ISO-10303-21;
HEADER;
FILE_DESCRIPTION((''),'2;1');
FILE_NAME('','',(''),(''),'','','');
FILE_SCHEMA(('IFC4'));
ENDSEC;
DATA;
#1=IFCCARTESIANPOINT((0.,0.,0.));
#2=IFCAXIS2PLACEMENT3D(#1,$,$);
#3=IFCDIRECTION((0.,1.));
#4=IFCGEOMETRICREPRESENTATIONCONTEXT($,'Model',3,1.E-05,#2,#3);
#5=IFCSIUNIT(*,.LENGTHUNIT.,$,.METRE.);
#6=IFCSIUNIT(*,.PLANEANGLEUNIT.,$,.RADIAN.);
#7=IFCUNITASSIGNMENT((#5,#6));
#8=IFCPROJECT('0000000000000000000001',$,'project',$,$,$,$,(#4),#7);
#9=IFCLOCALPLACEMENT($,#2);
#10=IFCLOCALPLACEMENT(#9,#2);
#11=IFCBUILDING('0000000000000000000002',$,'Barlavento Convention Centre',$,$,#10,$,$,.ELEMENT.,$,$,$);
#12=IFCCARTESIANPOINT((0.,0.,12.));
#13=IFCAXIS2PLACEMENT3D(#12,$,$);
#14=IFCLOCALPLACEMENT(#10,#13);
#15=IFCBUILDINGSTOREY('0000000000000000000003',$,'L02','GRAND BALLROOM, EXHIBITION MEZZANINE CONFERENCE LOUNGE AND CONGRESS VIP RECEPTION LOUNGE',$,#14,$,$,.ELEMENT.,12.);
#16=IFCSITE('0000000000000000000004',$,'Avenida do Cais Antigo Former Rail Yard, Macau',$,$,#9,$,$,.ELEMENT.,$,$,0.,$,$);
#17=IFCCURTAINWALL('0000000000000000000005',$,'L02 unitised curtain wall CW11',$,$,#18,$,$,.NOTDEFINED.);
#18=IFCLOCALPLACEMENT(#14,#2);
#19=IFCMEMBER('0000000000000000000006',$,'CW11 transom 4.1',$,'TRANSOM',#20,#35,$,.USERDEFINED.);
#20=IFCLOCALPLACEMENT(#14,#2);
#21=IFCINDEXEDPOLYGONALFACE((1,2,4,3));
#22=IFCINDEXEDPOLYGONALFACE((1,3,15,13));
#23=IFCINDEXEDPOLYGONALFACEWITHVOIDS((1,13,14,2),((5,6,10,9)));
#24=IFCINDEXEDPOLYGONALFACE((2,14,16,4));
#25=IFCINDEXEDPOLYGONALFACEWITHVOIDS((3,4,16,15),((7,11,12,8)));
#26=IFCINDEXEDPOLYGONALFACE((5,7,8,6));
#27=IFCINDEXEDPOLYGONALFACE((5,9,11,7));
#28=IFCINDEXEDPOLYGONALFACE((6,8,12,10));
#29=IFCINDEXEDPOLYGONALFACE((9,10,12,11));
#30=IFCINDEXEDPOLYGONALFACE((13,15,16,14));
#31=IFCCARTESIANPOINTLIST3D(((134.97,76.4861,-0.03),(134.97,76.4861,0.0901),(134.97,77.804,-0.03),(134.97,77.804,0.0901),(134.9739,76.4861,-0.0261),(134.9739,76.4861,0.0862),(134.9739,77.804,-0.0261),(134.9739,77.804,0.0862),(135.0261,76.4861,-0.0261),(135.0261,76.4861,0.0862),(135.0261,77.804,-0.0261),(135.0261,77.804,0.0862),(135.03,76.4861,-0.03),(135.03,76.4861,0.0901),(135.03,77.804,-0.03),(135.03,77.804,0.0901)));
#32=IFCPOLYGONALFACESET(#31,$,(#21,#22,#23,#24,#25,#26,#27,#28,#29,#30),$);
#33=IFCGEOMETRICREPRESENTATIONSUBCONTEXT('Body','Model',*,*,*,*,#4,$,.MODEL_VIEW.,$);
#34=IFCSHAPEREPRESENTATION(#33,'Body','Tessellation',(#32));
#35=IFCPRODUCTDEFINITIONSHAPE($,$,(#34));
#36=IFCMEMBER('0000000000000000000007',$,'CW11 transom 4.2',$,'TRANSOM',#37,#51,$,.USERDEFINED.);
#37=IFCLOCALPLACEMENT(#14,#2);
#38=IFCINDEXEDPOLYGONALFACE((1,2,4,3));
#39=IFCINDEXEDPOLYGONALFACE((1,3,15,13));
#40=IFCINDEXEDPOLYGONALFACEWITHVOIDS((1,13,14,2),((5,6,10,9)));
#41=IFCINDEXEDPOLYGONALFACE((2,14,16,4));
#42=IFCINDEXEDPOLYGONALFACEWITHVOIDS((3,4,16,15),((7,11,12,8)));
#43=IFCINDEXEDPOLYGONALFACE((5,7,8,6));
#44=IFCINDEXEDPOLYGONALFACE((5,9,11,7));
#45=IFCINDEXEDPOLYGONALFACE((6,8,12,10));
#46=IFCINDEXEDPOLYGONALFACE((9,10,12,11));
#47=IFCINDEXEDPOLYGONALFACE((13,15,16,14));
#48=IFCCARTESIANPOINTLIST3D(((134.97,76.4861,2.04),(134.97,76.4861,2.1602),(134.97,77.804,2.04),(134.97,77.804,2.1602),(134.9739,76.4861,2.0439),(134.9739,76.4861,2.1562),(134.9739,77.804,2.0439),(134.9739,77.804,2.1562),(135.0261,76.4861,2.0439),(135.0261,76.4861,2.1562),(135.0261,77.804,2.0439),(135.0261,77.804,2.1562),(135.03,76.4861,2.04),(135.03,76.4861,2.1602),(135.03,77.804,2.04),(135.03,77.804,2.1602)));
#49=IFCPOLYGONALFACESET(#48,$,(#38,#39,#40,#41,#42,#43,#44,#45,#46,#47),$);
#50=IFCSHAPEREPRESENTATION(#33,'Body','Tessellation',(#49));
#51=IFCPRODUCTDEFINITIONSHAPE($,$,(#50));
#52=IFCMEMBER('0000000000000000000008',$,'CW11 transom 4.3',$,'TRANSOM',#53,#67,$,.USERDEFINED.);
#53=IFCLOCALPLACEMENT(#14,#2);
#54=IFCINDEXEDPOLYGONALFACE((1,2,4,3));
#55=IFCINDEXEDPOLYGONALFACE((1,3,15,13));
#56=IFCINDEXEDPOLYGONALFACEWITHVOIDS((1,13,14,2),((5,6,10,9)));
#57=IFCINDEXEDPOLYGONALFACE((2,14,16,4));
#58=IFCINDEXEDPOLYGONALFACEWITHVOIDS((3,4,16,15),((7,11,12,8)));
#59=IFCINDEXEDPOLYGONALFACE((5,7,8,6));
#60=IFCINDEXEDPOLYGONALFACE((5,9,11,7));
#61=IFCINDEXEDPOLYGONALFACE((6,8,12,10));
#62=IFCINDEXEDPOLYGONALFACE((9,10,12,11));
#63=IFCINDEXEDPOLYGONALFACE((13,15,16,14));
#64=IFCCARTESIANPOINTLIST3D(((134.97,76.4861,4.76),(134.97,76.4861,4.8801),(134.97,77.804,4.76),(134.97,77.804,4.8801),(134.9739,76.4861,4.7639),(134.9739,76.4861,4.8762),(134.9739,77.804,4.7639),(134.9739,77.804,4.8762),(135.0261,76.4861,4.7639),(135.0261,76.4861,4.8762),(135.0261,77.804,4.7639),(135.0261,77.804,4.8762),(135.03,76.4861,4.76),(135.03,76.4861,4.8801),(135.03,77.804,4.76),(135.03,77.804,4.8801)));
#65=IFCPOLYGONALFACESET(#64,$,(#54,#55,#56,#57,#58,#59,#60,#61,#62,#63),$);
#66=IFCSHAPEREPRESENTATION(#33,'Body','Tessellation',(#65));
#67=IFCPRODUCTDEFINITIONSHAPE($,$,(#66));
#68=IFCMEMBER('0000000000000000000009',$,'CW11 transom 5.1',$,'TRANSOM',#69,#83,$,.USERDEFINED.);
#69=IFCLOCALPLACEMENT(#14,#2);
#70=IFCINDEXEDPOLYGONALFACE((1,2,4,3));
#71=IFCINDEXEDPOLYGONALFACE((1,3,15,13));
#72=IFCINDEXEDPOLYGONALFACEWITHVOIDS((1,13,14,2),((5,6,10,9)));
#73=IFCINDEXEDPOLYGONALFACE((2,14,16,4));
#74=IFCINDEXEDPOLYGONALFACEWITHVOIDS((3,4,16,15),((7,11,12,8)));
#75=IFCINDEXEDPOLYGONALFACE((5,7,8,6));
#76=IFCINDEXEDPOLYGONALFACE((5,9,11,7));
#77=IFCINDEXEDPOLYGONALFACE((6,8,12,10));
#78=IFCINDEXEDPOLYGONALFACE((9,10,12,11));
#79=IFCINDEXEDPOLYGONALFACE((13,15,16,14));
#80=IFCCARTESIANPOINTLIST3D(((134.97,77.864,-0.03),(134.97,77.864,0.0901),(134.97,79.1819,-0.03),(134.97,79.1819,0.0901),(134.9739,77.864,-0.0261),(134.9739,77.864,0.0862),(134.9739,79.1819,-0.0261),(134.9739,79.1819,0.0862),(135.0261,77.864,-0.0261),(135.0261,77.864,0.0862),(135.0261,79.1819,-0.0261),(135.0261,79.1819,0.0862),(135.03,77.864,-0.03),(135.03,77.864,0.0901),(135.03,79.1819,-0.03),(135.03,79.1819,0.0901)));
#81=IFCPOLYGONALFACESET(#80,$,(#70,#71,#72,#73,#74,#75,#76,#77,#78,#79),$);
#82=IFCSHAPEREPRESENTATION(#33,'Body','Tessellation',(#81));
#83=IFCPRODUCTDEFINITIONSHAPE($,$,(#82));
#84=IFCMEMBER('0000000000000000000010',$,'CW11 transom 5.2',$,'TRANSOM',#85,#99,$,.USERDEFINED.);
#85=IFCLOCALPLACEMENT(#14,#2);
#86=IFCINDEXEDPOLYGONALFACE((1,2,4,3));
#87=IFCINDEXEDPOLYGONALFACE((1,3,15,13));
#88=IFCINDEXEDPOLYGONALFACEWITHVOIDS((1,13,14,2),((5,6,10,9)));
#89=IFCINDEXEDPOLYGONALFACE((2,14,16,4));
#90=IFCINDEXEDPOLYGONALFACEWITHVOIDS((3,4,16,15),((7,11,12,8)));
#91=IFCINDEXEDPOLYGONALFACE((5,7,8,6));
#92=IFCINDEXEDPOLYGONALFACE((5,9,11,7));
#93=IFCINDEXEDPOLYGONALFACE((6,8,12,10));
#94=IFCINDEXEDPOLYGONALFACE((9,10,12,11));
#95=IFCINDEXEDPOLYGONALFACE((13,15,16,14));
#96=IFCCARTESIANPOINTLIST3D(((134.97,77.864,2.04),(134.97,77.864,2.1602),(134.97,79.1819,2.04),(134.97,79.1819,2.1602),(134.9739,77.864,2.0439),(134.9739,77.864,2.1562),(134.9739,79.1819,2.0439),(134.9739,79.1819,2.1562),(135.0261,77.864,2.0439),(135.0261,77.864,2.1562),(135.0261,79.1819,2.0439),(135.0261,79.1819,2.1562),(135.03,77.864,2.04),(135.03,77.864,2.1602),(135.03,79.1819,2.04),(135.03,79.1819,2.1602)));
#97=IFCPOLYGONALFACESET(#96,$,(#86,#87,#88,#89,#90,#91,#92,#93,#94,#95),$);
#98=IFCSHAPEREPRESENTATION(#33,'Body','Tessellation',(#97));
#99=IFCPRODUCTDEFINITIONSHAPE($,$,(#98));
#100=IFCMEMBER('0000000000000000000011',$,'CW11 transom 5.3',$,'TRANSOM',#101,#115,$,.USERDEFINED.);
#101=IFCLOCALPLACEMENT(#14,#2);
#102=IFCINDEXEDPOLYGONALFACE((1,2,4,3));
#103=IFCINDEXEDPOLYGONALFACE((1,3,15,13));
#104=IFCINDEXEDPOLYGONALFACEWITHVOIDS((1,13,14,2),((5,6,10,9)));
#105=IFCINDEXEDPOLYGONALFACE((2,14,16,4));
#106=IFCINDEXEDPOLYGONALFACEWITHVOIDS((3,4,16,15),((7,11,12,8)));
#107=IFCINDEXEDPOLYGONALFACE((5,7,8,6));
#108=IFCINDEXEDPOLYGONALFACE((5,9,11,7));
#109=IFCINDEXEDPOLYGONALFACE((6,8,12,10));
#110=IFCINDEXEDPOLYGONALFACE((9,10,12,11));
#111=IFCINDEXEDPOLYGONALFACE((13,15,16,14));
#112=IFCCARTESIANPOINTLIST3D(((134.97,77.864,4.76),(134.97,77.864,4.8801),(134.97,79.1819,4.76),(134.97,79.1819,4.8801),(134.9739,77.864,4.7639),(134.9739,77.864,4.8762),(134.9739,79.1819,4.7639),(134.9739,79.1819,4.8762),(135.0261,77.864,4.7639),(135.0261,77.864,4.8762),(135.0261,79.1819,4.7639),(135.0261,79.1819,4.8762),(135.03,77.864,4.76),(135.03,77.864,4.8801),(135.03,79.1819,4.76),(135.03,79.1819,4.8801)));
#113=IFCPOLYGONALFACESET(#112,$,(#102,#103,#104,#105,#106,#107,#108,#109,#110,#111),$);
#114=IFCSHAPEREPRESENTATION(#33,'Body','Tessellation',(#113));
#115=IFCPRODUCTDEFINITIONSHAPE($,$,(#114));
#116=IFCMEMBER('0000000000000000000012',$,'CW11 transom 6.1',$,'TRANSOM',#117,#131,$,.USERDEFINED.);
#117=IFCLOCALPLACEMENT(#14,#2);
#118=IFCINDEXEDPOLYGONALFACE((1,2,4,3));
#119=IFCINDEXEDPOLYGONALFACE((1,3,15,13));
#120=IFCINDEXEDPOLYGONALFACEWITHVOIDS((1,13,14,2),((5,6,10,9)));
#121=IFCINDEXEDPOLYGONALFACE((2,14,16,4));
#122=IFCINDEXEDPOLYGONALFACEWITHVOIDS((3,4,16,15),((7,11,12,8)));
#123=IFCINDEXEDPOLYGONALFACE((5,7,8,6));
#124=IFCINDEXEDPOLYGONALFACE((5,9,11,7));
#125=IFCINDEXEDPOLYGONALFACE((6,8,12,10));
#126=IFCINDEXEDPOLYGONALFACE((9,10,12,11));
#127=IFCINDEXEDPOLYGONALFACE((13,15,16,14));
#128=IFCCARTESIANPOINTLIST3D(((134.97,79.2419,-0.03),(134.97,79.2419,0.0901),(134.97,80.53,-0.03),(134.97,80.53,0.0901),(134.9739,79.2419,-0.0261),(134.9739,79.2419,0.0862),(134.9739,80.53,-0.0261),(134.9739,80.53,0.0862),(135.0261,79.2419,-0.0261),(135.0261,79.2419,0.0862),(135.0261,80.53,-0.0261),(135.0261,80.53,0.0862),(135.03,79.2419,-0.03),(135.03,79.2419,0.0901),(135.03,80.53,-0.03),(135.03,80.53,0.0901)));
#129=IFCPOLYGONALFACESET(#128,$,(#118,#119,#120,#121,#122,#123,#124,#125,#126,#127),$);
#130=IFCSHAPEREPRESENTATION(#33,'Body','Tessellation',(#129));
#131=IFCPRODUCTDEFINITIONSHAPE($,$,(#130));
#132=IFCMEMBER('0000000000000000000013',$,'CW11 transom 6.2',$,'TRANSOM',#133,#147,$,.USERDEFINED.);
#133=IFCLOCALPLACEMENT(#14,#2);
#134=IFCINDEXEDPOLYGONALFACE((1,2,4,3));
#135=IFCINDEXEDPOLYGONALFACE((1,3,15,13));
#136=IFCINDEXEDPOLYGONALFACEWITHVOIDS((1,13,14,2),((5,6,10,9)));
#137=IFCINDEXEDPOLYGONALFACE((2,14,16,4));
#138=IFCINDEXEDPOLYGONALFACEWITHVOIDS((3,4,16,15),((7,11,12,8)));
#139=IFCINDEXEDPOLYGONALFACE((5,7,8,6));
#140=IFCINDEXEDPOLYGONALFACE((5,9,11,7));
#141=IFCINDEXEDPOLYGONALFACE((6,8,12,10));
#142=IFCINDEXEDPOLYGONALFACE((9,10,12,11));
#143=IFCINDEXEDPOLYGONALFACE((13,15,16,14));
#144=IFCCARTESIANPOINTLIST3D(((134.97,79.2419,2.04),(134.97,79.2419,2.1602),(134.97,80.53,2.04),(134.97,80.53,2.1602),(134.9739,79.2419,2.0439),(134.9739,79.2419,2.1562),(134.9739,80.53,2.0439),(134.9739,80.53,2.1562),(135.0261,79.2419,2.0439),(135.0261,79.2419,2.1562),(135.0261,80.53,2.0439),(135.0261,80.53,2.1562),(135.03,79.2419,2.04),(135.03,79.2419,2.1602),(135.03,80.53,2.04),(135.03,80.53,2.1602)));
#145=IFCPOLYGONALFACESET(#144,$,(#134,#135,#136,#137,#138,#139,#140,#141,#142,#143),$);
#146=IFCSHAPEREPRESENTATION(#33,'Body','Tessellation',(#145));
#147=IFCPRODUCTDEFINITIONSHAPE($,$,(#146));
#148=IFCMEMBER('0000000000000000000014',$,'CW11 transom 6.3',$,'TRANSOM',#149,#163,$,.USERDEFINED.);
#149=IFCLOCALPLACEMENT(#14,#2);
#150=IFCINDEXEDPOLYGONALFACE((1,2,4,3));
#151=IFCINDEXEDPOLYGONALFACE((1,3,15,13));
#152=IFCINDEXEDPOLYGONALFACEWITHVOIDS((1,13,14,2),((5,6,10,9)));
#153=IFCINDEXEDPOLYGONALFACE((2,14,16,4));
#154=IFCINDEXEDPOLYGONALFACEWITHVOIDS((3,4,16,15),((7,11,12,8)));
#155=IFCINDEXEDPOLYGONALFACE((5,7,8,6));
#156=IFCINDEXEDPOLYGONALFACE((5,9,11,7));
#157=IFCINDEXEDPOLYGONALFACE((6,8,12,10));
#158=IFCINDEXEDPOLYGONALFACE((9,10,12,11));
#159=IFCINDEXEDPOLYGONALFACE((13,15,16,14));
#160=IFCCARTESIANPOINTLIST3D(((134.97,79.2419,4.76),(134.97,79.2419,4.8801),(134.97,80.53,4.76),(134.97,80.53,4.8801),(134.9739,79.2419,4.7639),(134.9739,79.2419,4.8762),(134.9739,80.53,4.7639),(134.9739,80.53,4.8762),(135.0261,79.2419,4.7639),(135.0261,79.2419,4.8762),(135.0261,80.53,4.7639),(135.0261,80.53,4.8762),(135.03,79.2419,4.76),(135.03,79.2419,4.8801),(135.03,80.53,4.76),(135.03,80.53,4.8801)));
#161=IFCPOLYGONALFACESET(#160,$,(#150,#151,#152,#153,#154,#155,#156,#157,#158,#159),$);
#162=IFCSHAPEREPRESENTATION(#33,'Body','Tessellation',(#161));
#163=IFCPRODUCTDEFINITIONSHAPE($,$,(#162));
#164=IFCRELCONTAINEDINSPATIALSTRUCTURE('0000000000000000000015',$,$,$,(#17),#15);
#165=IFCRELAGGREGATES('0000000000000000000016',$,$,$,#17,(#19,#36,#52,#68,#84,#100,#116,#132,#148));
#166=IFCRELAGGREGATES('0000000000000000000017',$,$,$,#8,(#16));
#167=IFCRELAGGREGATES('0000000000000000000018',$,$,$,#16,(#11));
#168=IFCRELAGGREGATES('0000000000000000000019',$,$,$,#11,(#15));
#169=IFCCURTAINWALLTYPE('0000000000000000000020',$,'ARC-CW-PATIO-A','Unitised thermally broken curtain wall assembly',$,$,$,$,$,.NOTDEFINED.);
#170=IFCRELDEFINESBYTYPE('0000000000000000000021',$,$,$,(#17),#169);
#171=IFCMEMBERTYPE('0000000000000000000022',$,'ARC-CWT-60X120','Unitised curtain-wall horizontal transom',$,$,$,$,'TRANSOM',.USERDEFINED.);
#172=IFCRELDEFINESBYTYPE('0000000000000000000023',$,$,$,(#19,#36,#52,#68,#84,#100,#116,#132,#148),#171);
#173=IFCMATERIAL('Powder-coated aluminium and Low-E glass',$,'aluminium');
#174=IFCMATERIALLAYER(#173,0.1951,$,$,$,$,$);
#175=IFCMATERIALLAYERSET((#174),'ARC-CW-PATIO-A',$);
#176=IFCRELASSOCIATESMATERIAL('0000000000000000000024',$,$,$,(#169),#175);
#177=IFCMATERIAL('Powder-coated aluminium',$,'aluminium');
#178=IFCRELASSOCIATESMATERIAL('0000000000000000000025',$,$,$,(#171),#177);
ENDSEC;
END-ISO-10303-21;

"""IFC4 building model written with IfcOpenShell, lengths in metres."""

from ifc_helpers import new_model, si_unit, direction, frame, origin, origin_2d, place, context, subcontext, project, spatial, hollow_rectangle, extrude, material, layer, layer_set, material_profile, profile_set, type_object, element, aggregate, save


model = new_model("IFC4")

# Units and contexts
model_context = context("Model", 3, precision=1e-05, world=origin(), true_north=direction((0.0, 1.0)))
body_context = subcontext(model_context, "Body", "Model", "MODEL_VIEW")
ifc_project = project(units=[si_unit("LENGTHUNIT", "METRE"), si_unit("PLANEANGLEUNIT", "RADIAN")], contexts=[model_context])

# Site, building, storey
site_placement = place(None, origin())
site = spatial("IfcSite", under=ifc_project, at=site_placement, Name="Avenida do Cais Antigo Former Rail Yard, Macau", CompositionType="ELEMENT", RefElevation=0.0)
building_placement = place(site_placement, origin())
building = spatial("IfcBuilding", under=site, at=building_placement, Name="Barlavento Convention Centre", CompositionType="ELEMENT")
storey_placement = place(building_placement, frame((0.0, 0.0, 12.0)))
storey = spatial("IfcBuildingStorey", under=building, at=storey_placement, Name="L02", Description="GRAND BALLROOM, EXHIBITION MEZZANINE CONFERENCE LOUNGE AND CONGRESS VIP RECEPTION LOUNGE", CompositionType="ELEMENT", Elevation=12.0)

# Curtain wall, members
ifc_material_1 = material(Name="Powder-coated aluminium and Low-E glass", Category="aluminium")
ifc_layer_1 = layer(ifc_material_1, 0.1951)
ifc_layer_set_1 = layer_set([ifc_layer_1], Name="ARC-CW-PATIO-A")
curtain_wall_type = type_object("IfcCurtainWallType", Name="ARC-CW-PATIO-A", Description="Unitised thermally broken curtain wall assembly", PredefinedType="NOTDEFINED", material=ifc_layer_set_1)
curtain_wall_placement = place(storey_placement, origin())
curtain_wall = element("IfcCurtainWall", 1, at=curtain_wall_placement, inside=storey, type_object=curtain_wall_type, Name="L02 unitised curtain wall CW11", PredefinedType="NOTDEFINED")
ifc_material_2 = material(Name="Powder-coated aluminium", Category="aluminium")
ifc_material_profile_1 = material_profile(ifc_material_2, hollow_rectangle(XDim=0.0601, YDim=0.1201, WallThickness=0.0039, at=origin_2d()), Name="AL-TRAN 60x120x4")
ifc_profile_set_1 = profile_set([ifc_material_profile_1], Name="Powder-coated aluminium")
member_type_1 = type_object("IfcMemberType", Name="ARC-CWT-60X120", Description="Unitised curtain-wall horizontal transom", ElementType="TRANSOM", PredefinedType="USERDEFINED", material=ifc_profile_set_1)
member_1_placement = place(storey_placement, frame((135.0, 76.4861, 0.03), z_axis=(0.0, 1.0, 0.0), x_axis=(-1.0, 0.0, 0.0)))
member_1 = element("IfcMember", 2, at=member_1_placement, type_object=member_type_1, Name="CW11 transom 4.1", ObjectType="TRANSOM", PredefinedType="USERDEFINED", context=body_context, shape_type="SweptSolid", body=[
    extrude(hollow_rectangle(XDim=0.0601, YDim=0.1201, WallThickness=0.0039, at=origin_2d()), origin(), (0.0, 0.0, 1.0), 1.3179),
])
member_2_placement = place(storey_placement, frame((135.0, 76.4861, 2.1001), z_axis=(0.0, 1.0, 0.0), x_axis=(-1.0, 0.0, 0.0)))
member_2 = element("IfcMember", 3, at=member_2_placement, type_object=member_type_1, Name="CW11 transom 4.2", ObjectType="TRANSOM", PredefinedType="USERDEFINED", context=body_context, shape_type="SweptSolid", body=[
    extrude(hollow_rectangle(XDim=0.0601, YDim=0.1201, WallThickness=0.0039, at=origin_2d()), origin(), (0.0, 0.0, 1.0), 1.3179),
])
member_3_placement = place(storey_placement, frame((135.0, 76.4861, 4.8201), z_axis=(0.0, 1.0, 0.0), x_axis=(-1.0, 0.0, 0.0)))
member_3 = element("IfcMember", 4, at=member_3_placement, type_object=member_type_1, Name="CW11 transom 4.3", ObjectType="TRANSOM", PredefinedType="USERDEFINED", context=body_context, shape_type="SweptSolid", body=[
    extrude(hollow_rectangle(XDim=0.0601, YDim=0.1201, WallThickness=0.0039, at=origin_2d()), origin(), (0.0, 0.0, 1.0), 1.3179),
])
member_4_placement = place(storey_placement, frame((135.0, 77.864, 0.03), z_axis=(0.0, 1.0, 0.0), x_axis=(-1.0, 0.0, 0.0)))
member_4 = element("IfcMember", 5, at=member_4_placement, type_object=member_type_1, Name="CW11 transom 5.1", ObjectType="TRANSOM", PredefinedType="USERDEFINED", context=body_context, shape_type="SweptSolid", body=[
    extrude(hollow_rectangle(XDim=0.0601, YDim=0.1201, WallThickness=0.0039, at=origin_2d()), origin(), (0.0, 0.0, 1.0), 1.3179),
])
member_5_placement = place(storey_placement, frame((135.0, 77.864, 2.1001), z_axis=(0.0, 1.0, 0.0), x_axis=(-1.0, 0.0, 0.0)))
member_5 = element("IfcMember", 6, at=member_5_placement, type_object=member_type_1, Name="CW11 transom 5.2", ObjectType="TRANSOM", PredefinedType="USERDEFINED", context=body_context, shape_type="SweptSolid", body=[
    extrude(hollow_rectangle(XDim=0.0601, YDim=0.1201, WallThickness=0.0039, at=origin_2d()), origin(), (0.0, 0.0, 1.0), 1.3179),
])
member_6_placement = place(storey_placement, frame((135.0, 77.864, 4.8201), z_axis=(0.0, 1.0, 0.0), x_axis=(-1.0, 0.0, 0.0)))
member_6 = element("IfcMember", 7, at=member_6_placement, type_object=member_type_1, Name="CW11 transom 5.3", ObjectType="TRANSOM", PredefinedType="USERDEFINED", context=body_context, shape_type="SweptSolid", body=[
    extrude(hollow_rectangle(XDim=0.0601, YDim=0.1201, WallThickness=0.0039, at=origin_2d()), origin(), (0.0, 0.0, 1.0), 1.3179),
])
member_7_placement = place(storey_placement, frame((135.0, 79.2419, 0.03), z_axis=(0.0, 1.0, 0.0), x_axis=(-1.0, 0.0, 0.0)))
member_7 = element("IfcMember", 8, at=member_7_placement, type_object=member_type_1, Name="CW11 transom 6.1", ObjectType="TRANSOM", PredefinedType="USERDEFINED", context=body_context, shape_type="SweptSolid", body=[
    extrude(hollow_rectangle(XDim=0.0601, YDim=0.1201, WallThickness=0.0039, at=origin_2d()), origin(), (0.0, 0.0, 1.0), 1.2881),
])
member_8_placement = place(storey_placement, frame((135.0, 79.2419, 2.1001), z_axis=(0.0, 1.0, 0.0), x_axis=(-1.0, 0.0, 0.0)))
member_8 = element("IfcMember", 9, at=member_8_placement, type_object=member_type_1, Name="CW11 transom 6.2", ObjectType="TRANSOM", PredefinedType="USERDEFINED", context=body_context, shape_type="SweptSolid", body=[
    extrude(hollow_rectangle(XDim=0.0601, YDim=0.1201, WallThickness=0.0039, at=origin_2d()), origin(), (0.0, 0.0, 1.0), 1.2881),
])
member_9_placement = place(storey_placement, frame((135.0, 79.2419, 4.8201), z_axis=(0.0, 1.0, 0.0), x_axis=(-1.0, 0.0, 0.0)))
member_9 = element("IfcMember", 10, at=member_9_placement, type_object=member_type_1, Name="CW11 transom 6.3", ObjectType="TRANSOM", PredefinedType="USERDEFINED", context=body_context, shape_type="SweptSolid", body=[
    extrude(hollow_rectangle(XDim=0.0601, YDim=0.1201, WallThickness=0.0039, at=origin_2d()), origin(), (0.0, 0.0, 1.0), 1.2881),
])

aggregate(curtain_wall, [member_1, member_2, member_3, member_4, member_5, member_6, member_7, member_8, member_9])

save(model, "model.ifc")
